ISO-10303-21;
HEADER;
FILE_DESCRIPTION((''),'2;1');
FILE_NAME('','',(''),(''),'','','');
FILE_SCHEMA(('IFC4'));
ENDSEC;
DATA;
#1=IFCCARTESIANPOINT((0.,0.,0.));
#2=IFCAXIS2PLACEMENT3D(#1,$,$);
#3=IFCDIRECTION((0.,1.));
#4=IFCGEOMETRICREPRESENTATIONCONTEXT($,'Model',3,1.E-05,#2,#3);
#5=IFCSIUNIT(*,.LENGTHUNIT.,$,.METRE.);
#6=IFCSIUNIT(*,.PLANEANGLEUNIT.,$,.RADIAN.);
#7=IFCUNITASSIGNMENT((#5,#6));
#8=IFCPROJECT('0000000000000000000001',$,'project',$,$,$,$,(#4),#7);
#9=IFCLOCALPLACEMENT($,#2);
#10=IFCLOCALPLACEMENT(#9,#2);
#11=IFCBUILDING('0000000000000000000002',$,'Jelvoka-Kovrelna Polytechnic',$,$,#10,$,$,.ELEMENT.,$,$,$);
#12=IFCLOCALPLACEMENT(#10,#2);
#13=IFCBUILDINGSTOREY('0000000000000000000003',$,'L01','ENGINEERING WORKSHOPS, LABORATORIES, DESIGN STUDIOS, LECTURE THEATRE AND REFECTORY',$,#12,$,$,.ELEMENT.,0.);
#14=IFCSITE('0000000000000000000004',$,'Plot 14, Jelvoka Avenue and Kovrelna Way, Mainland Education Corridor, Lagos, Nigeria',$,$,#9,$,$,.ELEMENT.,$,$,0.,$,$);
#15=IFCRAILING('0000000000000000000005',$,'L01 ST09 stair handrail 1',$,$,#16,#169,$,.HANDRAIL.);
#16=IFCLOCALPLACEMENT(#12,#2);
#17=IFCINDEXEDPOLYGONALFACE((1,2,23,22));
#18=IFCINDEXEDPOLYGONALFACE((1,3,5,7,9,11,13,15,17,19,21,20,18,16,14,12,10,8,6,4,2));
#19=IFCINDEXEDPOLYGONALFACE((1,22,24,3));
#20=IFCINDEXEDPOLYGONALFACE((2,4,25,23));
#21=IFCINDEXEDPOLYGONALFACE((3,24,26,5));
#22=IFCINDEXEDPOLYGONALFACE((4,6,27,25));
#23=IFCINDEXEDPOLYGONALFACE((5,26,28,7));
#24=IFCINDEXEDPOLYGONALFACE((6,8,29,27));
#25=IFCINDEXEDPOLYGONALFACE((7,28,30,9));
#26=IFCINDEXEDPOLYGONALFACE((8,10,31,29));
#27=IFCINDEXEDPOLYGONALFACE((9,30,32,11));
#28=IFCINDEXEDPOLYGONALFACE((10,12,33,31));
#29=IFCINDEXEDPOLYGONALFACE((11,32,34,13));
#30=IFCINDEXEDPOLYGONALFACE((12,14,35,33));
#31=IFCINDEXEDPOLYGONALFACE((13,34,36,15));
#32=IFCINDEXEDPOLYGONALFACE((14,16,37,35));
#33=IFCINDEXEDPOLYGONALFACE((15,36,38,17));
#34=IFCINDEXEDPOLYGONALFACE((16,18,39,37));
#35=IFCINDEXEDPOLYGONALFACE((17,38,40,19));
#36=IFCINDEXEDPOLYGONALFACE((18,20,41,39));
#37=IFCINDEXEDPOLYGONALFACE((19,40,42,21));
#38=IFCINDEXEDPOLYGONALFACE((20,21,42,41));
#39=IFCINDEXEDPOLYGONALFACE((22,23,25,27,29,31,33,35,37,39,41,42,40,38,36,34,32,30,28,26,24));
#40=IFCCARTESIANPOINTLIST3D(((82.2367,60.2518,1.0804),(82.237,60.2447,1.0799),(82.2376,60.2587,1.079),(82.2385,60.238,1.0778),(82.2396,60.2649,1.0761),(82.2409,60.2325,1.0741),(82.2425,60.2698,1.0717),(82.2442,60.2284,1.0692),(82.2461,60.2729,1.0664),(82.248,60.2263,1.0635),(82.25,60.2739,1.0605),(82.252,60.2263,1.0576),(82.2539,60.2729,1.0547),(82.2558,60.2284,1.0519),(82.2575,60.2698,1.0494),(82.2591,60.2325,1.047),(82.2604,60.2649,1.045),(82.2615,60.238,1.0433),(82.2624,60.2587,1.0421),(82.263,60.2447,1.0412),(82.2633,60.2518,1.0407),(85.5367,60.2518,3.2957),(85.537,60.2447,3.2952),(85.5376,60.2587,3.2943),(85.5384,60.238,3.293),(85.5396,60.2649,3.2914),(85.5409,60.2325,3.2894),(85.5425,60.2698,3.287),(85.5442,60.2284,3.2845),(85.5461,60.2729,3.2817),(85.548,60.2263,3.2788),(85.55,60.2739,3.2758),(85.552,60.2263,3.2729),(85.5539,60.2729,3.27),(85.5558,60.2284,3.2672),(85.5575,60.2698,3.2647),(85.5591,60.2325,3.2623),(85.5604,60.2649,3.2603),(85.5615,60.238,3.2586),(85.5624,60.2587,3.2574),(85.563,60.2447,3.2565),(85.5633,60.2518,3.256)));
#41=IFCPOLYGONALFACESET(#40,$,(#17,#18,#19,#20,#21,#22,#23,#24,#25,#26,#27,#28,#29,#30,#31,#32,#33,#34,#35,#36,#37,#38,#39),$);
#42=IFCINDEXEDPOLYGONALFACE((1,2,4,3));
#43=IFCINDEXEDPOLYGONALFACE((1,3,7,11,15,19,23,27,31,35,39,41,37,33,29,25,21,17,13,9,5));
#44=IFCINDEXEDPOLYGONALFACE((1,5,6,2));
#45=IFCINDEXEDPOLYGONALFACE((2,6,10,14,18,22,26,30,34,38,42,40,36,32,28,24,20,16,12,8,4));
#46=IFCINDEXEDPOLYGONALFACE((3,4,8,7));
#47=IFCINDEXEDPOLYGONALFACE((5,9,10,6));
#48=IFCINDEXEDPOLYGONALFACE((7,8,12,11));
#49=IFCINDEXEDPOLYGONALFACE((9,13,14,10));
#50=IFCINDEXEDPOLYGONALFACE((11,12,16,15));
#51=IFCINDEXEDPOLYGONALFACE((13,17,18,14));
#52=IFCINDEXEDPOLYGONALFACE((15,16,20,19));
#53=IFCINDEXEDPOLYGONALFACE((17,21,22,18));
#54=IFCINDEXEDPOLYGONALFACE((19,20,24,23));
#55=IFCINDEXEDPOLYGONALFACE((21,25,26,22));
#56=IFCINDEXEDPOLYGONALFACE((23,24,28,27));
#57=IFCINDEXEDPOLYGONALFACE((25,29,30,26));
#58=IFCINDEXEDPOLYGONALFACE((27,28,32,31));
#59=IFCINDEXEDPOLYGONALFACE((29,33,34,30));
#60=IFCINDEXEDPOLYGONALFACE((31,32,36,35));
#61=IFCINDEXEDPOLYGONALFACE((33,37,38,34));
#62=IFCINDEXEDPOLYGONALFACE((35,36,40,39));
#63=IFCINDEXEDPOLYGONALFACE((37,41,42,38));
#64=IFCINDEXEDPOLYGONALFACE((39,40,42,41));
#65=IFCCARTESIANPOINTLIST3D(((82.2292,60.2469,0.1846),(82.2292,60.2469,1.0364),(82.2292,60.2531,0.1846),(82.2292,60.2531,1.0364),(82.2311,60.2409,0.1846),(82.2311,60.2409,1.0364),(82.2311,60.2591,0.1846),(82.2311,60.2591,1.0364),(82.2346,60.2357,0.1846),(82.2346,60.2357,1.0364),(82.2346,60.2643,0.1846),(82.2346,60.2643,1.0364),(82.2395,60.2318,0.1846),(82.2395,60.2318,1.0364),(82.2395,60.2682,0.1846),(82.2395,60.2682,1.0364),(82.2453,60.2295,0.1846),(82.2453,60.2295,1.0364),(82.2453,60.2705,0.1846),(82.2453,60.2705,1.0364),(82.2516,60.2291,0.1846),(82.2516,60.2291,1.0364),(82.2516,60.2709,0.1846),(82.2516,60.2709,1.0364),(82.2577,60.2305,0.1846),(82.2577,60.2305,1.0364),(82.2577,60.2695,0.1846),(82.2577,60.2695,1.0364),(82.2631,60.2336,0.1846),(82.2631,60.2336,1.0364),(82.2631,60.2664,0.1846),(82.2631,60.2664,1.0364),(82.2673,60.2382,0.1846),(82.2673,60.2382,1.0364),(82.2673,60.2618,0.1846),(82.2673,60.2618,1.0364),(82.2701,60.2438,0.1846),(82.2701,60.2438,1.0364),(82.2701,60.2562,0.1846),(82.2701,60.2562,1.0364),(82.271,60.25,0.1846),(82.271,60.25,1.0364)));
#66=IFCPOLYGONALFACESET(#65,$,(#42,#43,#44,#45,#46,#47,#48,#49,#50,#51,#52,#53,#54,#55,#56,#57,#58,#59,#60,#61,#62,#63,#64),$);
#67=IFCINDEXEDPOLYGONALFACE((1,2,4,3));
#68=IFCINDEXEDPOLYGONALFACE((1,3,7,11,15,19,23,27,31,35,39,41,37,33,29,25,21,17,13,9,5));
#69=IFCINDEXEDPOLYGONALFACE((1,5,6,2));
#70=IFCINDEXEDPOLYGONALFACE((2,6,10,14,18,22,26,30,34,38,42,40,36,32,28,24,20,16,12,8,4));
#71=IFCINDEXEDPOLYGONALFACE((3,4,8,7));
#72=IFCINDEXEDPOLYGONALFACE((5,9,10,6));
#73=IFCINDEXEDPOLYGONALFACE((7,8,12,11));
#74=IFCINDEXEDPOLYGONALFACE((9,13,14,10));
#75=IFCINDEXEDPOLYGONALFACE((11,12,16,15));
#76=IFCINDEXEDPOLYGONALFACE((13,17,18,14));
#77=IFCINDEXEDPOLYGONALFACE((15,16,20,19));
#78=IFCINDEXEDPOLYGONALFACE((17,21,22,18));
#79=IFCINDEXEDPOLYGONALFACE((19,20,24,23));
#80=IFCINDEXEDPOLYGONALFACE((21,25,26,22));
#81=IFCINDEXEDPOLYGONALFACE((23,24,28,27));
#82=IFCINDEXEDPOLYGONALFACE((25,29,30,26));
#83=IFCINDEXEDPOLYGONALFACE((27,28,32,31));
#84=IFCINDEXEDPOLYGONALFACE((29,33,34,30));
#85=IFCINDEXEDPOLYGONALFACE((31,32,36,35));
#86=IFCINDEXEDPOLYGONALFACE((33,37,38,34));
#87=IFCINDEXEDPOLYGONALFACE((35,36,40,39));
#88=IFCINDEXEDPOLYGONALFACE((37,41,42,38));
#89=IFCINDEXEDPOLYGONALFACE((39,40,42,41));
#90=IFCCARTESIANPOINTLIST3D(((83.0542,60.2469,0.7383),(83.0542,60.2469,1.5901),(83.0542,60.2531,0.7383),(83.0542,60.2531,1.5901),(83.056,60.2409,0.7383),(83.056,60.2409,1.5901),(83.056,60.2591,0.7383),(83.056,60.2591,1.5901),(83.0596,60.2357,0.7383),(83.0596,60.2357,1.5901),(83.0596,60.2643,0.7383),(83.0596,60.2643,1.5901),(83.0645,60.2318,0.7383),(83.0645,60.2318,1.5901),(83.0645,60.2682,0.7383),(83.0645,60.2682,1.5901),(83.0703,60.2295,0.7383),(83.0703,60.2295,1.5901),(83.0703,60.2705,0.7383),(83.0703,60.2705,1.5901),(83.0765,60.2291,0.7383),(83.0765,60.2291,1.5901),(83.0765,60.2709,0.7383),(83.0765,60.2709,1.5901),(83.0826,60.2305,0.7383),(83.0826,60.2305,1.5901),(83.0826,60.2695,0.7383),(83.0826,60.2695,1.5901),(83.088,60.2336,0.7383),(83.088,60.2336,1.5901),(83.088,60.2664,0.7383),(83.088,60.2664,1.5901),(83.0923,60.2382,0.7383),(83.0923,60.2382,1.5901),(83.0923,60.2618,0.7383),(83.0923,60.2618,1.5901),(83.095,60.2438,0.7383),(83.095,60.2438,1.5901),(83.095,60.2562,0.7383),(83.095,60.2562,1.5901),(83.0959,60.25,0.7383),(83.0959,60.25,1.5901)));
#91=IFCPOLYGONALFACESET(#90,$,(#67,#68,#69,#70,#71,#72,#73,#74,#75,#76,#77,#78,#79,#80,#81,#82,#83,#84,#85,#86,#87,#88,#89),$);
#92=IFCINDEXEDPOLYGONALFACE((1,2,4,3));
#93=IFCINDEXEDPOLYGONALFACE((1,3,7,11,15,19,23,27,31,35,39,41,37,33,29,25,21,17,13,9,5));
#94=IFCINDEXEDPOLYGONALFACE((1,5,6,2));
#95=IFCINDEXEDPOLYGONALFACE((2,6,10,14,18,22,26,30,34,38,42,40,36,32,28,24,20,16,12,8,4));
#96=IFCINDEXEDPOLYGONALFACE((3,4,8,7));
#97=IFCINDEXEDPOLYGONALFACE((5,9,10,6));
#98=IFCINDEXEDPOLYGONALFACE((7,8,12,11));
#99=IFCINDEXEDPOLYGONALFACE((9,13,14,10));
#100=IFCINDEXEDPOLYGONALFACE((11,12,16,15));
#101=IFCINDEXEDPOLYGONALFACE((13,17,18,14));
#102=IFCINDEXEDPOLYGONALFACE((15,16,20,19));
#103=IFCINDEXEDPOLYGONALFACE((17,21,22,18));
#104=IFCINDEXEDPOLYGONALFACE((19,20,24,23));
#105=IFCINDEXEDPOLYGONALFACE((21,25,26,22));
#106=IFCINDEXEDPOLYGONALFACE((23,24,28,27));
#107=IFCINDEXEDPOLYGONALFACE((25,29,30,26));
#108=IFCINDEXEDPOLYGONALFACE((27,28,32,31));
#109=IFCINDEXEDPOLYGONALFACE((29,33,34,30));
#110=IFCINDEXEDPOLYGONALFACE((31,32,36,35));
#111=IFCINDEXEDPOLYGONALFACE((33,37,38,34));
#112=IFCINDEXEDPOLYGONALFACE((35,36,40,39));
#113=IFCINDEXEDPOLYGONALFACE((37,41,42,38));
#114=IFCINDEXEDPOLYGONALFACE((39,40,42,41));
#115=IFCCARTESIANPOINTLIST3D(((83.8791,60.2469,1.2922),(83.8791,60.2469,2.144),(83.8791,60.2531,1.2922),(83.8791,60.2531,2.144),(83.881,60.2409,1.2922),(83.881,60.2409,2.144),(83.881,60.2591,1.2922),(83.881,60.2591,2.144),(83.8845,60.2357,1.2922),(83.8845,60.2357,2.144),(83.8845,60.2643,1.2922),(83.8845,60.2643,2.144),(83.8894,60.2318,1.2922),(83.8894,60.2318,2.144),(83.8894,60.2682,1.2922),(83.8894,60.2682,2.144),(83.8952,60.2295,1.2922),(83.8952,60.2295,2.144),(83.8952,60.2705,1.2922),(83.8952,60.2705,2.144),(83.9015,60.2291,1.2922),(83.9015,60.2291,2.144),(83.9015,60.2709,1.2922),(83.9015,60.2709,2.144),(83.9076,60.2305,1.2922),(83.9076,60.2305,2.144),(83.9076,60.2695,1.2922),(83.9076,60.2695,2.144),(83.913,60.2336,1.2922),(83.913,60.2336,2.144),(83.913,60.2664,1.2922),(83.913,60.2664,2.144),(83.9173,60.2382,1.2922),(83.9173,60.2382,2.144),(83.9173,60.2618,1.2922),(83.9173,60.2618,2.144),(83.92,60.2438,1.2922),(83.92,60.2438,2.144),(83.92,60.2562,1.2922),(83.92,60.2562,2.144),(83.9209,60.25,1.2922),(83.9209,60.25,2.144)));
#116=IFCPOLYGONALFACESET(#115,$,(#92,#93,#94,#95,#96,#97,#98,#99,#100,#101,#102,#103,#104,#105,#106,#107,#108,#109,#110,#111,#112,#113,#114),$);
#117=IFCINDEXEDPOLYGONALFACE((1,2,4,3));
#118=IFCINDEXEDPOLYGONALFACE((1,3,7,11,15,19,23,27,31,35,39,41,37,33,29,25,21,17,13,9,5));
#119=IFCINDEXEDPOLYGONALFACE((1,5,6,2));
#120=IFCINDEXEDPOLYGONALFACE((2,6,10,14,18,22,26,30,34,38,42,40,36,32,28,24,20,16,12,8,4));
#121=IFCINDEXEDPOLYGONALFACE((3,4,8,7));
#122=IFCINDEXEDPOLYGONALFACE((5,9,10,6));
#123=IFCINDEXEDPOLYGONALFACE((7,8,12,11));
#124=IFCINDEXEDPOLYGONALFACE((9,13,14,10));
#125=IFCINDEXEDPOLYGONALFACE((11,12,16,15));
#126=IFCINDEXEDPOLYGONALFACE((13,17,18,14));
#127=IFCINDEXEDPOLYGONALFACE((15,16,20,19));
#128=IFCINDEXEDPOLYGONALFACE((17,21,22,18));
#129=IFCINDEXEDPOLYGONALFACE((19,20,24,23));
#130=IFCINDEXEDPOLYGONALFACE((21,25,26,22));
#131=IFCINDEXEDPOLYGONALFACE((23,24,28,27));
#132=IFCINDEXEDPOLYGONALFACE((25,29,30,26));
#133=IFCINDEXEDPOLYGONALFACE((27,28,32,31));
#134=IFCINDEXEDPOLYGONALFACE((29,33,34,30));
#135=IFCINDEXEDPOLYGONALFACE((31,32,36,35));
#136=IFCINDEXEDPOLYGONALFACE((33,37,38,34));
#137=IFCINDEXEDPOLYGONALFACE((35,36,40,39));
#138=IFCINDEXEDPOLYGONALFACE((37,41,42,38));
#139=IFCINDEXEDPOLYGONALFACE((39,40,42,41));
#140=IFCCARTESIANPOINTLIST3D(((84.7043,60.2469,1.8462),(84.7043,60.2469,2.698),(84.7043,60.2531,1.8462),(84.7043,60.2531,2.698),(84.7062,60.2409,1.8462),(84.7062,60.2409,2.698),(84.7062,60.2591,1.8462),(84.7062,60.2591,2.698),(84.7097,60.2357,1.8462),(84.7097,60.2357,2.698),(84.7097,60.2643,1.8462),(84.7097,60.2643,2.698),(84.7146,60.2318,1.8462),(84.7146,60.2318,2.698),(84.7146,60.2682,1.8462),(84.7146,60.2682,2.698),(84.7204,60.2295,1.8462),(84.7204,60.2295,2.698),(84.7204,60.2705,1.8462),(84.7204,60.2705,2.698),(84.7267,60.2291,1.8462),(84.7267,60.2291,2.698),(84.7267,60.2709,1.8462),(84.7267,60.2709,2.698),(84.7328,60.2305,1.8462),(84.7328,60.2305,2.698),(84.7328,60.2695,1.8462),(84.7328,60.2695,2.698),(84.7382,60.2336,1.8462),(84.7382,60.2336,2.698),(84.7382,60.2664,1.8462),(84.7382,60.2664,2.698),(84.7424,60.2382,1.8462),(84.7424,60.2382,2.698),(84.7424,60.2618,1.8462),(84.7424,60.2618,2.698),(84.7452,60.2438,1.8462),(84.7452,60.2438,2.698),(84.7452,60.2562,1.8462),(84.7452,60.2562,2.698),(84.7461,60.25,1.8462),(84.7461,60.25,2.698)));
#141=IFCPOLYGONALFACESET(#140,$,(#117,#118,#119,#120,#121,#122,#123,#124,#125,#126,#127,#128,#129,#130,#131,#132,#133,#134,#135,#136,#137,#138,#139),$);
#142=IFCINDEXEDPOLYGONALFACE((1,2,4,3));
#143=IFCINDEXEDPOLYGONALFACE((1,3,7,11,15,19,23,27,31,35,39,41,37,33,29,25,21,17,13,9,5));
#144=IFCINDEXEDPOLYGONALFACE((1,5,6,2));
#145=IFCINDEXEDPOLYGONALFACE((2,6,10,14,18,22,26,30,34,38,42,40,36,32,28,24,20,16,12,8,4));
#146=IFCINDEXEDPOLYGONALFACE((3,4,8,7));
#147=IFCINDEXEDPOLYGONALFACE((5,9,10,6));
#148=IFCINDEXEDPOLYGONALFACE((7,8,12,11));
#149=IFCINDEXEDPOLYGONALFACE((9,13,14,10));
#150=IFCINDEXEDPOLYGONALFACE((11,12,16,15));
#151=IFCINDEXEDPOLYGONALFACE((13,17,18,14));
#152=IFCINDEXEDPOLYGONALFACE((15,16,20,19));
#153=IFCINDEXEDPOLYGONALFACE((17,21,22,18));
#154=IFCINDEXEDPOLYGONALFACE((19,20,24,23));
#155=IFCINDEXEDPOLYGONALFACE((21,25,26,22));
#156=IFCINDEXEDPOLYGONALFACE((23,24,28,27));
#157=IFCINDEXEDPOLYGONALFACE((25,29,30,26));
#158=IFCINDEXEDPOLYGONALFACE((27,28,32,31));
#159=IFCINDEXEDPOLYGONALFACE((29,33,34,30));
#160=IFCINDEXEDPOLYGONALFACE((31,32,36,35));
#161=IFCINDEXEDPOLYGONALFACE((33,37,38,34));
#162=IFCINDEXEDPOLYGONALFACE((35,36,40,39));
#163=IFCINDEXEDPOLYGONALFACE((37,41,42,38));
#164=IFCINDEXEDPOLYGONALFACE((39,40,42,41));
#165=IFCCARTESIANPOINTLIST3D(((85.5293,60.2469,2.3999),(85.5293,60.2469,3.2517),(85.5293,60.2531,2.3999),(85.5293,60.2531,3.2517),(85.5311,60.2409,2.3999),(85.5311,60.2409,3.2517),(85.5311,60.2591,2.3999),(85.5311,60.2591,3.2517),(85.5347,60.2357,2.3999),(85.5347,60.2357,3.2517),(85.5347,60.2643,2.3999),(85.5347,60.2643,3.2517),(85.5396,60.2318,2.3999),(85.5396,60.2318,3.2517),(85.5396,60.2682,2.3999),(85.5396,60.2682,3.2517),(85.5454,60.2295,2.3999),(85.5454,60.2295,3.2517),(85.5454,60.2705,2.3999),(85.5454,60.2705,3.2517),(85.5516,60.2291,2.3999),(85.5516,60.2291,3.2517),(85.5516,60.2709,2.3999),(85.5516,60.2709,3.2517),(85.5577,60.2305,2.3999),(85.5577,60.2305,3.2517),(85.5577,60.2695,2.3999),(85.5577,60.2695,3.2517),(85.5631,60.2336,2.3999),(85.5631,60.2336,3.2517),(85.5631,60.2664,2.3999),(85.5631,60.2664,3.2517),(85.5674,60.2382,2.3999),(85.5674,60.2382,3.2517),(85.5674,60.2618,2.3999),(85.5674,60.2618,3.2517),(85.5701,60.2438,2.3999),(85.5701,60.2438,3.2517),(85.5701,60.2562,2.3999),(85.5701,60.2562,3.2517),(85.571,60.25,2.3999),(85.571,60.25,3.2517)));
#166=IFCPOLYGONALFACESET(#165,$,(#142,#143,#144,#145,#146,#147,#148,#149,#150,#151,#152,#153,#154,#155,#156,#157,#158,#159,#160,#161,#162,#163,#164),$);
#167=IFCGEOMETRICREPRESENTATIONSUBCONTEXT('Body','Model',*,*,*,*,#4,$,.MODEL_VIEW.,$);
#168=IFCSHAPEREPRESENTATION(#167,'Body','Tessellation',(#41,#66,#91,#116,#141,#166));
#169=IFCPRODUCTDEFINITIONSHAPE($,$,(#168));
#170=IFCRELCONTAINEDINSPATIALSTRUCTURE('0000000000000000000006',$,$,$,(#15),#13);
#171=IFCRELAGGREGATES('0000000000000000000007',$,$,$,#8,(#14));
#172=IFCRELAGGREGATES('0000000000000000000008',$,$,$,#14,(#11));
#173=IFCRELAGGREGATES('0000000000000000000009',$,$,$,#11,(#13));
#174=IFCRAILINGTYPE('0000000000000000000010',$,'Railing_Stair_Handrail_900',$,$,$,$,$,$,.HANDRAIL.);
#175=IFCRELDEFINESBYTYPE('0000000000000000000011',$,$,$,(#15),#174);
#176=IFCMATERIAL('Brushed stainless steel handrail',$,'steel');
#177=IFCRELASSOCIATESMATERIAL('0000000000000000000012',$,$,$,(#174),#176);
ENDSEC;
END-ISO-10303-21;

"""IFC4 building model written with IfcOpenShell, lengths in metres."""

from ifc_helpers import new_model, si_unit, direction, frame, origin, origin_2d, place, context, subcontext, project, spatial, circle, extrude, material, type_object, element, save


model = new_model("IFC4")

# Units and contexts
model_context = context("Model", 3, precision=1e-05, world=origin(), true_north=direction((0.0, 1.0)))
body_context = subcontext(model_context, "Body", "Model", "MODEL_VIEW")
ifc_project = project(units=[si_unit("LENGTHUNIT", "METRE"), si_unit("PLANEANGLEUNIT", "RADIAN")], contexts=[model_context])

# Site, building, storey
site_placement = place(None, origin())
site = spatial("IfcSite", under=ifc_project, at=site_placement, Name="Plot 14, Jelvoka Avenue and Kovrelna Way, Mainland Education Corridor, Lagos, Nigeria", CompositionType="ELEMENT", RefElevation=0.0)
building_placement = place(site_placement, origin())
building = spatial("IfcBuilding", under=site, at=building_placement, Name="Jelvoka-Kovrelna Polytechnic", CompositionType="ELEMENT")
storey_placement = place(building_placement, origin())
storey = spatial("IfcBuildingStorey", under=building, at=storey_placement, Name="L01", Description="ENGINEERING WORKSHOPS, LABORATORIES, DESIGN STUDIOS, LECTURE THEATRE AND REFECTORY", CompositionType="ELEMENT", Elevation=0.0)

# Railing
ifc_material_1 = material(Name="Brushed stainless steel handrail", Category="steel")
railing_type_1 = type_object("IfcRailingType", Name="Railing_Stair_Handrail_900", PredefinedType="HANDRAIL", material=ifc_material_1)
railing_1_placement = place(storey_placement, frame((82.25, 60.25, 0.1846)))
element("IfcRailing", 1, at=railing_1_placement, inside=storey, type_object=railing_type_1, Name="L01 ST09 stair handrail 1", PredefinedType="HANDRAIL", context=body_context, shape_type="SweptSolid", body=[
    extrude(circle(Radius=0.0239, at=origin_2d()), frame((0.0, 0.0, 0.876), z_axis=(0.830269, 0.0, 0.557362), x_axis=(0.0, 1.0, 0.0)), (0.0, 0.0, 1.0), 3.9746),
    extrude(circle(Radius=0.021, at=origin_2d()), origin(), (0.0, 0.0, 1.0), 0.8518),
    extrude(circle(Radius=0.021, at=origin_2d()), frame((0.825, 0.0, 0.5537)), (0.0, 0.0, 1.0), 0.8518),
    extrude(circle(Radius=0.021, at=origin_2d()), frame((1.6499, 0.0, 1.1077)), (0.0, 0.0, 1.0), 0.8518),
    extrude(circle(Radius=0.021, at=origin_2d()), frame((2.4751, 0.0, 1.6616)), (0.0, 0.0, 1.0), 0.8518),
    extrude(circle(Radius=0.021, at=origin_2d()), frame((3.3, 0.0, 2.2153)), (0.0, 0.0, 1.0), 0.8518),
])

save(model, "model.ifc")
